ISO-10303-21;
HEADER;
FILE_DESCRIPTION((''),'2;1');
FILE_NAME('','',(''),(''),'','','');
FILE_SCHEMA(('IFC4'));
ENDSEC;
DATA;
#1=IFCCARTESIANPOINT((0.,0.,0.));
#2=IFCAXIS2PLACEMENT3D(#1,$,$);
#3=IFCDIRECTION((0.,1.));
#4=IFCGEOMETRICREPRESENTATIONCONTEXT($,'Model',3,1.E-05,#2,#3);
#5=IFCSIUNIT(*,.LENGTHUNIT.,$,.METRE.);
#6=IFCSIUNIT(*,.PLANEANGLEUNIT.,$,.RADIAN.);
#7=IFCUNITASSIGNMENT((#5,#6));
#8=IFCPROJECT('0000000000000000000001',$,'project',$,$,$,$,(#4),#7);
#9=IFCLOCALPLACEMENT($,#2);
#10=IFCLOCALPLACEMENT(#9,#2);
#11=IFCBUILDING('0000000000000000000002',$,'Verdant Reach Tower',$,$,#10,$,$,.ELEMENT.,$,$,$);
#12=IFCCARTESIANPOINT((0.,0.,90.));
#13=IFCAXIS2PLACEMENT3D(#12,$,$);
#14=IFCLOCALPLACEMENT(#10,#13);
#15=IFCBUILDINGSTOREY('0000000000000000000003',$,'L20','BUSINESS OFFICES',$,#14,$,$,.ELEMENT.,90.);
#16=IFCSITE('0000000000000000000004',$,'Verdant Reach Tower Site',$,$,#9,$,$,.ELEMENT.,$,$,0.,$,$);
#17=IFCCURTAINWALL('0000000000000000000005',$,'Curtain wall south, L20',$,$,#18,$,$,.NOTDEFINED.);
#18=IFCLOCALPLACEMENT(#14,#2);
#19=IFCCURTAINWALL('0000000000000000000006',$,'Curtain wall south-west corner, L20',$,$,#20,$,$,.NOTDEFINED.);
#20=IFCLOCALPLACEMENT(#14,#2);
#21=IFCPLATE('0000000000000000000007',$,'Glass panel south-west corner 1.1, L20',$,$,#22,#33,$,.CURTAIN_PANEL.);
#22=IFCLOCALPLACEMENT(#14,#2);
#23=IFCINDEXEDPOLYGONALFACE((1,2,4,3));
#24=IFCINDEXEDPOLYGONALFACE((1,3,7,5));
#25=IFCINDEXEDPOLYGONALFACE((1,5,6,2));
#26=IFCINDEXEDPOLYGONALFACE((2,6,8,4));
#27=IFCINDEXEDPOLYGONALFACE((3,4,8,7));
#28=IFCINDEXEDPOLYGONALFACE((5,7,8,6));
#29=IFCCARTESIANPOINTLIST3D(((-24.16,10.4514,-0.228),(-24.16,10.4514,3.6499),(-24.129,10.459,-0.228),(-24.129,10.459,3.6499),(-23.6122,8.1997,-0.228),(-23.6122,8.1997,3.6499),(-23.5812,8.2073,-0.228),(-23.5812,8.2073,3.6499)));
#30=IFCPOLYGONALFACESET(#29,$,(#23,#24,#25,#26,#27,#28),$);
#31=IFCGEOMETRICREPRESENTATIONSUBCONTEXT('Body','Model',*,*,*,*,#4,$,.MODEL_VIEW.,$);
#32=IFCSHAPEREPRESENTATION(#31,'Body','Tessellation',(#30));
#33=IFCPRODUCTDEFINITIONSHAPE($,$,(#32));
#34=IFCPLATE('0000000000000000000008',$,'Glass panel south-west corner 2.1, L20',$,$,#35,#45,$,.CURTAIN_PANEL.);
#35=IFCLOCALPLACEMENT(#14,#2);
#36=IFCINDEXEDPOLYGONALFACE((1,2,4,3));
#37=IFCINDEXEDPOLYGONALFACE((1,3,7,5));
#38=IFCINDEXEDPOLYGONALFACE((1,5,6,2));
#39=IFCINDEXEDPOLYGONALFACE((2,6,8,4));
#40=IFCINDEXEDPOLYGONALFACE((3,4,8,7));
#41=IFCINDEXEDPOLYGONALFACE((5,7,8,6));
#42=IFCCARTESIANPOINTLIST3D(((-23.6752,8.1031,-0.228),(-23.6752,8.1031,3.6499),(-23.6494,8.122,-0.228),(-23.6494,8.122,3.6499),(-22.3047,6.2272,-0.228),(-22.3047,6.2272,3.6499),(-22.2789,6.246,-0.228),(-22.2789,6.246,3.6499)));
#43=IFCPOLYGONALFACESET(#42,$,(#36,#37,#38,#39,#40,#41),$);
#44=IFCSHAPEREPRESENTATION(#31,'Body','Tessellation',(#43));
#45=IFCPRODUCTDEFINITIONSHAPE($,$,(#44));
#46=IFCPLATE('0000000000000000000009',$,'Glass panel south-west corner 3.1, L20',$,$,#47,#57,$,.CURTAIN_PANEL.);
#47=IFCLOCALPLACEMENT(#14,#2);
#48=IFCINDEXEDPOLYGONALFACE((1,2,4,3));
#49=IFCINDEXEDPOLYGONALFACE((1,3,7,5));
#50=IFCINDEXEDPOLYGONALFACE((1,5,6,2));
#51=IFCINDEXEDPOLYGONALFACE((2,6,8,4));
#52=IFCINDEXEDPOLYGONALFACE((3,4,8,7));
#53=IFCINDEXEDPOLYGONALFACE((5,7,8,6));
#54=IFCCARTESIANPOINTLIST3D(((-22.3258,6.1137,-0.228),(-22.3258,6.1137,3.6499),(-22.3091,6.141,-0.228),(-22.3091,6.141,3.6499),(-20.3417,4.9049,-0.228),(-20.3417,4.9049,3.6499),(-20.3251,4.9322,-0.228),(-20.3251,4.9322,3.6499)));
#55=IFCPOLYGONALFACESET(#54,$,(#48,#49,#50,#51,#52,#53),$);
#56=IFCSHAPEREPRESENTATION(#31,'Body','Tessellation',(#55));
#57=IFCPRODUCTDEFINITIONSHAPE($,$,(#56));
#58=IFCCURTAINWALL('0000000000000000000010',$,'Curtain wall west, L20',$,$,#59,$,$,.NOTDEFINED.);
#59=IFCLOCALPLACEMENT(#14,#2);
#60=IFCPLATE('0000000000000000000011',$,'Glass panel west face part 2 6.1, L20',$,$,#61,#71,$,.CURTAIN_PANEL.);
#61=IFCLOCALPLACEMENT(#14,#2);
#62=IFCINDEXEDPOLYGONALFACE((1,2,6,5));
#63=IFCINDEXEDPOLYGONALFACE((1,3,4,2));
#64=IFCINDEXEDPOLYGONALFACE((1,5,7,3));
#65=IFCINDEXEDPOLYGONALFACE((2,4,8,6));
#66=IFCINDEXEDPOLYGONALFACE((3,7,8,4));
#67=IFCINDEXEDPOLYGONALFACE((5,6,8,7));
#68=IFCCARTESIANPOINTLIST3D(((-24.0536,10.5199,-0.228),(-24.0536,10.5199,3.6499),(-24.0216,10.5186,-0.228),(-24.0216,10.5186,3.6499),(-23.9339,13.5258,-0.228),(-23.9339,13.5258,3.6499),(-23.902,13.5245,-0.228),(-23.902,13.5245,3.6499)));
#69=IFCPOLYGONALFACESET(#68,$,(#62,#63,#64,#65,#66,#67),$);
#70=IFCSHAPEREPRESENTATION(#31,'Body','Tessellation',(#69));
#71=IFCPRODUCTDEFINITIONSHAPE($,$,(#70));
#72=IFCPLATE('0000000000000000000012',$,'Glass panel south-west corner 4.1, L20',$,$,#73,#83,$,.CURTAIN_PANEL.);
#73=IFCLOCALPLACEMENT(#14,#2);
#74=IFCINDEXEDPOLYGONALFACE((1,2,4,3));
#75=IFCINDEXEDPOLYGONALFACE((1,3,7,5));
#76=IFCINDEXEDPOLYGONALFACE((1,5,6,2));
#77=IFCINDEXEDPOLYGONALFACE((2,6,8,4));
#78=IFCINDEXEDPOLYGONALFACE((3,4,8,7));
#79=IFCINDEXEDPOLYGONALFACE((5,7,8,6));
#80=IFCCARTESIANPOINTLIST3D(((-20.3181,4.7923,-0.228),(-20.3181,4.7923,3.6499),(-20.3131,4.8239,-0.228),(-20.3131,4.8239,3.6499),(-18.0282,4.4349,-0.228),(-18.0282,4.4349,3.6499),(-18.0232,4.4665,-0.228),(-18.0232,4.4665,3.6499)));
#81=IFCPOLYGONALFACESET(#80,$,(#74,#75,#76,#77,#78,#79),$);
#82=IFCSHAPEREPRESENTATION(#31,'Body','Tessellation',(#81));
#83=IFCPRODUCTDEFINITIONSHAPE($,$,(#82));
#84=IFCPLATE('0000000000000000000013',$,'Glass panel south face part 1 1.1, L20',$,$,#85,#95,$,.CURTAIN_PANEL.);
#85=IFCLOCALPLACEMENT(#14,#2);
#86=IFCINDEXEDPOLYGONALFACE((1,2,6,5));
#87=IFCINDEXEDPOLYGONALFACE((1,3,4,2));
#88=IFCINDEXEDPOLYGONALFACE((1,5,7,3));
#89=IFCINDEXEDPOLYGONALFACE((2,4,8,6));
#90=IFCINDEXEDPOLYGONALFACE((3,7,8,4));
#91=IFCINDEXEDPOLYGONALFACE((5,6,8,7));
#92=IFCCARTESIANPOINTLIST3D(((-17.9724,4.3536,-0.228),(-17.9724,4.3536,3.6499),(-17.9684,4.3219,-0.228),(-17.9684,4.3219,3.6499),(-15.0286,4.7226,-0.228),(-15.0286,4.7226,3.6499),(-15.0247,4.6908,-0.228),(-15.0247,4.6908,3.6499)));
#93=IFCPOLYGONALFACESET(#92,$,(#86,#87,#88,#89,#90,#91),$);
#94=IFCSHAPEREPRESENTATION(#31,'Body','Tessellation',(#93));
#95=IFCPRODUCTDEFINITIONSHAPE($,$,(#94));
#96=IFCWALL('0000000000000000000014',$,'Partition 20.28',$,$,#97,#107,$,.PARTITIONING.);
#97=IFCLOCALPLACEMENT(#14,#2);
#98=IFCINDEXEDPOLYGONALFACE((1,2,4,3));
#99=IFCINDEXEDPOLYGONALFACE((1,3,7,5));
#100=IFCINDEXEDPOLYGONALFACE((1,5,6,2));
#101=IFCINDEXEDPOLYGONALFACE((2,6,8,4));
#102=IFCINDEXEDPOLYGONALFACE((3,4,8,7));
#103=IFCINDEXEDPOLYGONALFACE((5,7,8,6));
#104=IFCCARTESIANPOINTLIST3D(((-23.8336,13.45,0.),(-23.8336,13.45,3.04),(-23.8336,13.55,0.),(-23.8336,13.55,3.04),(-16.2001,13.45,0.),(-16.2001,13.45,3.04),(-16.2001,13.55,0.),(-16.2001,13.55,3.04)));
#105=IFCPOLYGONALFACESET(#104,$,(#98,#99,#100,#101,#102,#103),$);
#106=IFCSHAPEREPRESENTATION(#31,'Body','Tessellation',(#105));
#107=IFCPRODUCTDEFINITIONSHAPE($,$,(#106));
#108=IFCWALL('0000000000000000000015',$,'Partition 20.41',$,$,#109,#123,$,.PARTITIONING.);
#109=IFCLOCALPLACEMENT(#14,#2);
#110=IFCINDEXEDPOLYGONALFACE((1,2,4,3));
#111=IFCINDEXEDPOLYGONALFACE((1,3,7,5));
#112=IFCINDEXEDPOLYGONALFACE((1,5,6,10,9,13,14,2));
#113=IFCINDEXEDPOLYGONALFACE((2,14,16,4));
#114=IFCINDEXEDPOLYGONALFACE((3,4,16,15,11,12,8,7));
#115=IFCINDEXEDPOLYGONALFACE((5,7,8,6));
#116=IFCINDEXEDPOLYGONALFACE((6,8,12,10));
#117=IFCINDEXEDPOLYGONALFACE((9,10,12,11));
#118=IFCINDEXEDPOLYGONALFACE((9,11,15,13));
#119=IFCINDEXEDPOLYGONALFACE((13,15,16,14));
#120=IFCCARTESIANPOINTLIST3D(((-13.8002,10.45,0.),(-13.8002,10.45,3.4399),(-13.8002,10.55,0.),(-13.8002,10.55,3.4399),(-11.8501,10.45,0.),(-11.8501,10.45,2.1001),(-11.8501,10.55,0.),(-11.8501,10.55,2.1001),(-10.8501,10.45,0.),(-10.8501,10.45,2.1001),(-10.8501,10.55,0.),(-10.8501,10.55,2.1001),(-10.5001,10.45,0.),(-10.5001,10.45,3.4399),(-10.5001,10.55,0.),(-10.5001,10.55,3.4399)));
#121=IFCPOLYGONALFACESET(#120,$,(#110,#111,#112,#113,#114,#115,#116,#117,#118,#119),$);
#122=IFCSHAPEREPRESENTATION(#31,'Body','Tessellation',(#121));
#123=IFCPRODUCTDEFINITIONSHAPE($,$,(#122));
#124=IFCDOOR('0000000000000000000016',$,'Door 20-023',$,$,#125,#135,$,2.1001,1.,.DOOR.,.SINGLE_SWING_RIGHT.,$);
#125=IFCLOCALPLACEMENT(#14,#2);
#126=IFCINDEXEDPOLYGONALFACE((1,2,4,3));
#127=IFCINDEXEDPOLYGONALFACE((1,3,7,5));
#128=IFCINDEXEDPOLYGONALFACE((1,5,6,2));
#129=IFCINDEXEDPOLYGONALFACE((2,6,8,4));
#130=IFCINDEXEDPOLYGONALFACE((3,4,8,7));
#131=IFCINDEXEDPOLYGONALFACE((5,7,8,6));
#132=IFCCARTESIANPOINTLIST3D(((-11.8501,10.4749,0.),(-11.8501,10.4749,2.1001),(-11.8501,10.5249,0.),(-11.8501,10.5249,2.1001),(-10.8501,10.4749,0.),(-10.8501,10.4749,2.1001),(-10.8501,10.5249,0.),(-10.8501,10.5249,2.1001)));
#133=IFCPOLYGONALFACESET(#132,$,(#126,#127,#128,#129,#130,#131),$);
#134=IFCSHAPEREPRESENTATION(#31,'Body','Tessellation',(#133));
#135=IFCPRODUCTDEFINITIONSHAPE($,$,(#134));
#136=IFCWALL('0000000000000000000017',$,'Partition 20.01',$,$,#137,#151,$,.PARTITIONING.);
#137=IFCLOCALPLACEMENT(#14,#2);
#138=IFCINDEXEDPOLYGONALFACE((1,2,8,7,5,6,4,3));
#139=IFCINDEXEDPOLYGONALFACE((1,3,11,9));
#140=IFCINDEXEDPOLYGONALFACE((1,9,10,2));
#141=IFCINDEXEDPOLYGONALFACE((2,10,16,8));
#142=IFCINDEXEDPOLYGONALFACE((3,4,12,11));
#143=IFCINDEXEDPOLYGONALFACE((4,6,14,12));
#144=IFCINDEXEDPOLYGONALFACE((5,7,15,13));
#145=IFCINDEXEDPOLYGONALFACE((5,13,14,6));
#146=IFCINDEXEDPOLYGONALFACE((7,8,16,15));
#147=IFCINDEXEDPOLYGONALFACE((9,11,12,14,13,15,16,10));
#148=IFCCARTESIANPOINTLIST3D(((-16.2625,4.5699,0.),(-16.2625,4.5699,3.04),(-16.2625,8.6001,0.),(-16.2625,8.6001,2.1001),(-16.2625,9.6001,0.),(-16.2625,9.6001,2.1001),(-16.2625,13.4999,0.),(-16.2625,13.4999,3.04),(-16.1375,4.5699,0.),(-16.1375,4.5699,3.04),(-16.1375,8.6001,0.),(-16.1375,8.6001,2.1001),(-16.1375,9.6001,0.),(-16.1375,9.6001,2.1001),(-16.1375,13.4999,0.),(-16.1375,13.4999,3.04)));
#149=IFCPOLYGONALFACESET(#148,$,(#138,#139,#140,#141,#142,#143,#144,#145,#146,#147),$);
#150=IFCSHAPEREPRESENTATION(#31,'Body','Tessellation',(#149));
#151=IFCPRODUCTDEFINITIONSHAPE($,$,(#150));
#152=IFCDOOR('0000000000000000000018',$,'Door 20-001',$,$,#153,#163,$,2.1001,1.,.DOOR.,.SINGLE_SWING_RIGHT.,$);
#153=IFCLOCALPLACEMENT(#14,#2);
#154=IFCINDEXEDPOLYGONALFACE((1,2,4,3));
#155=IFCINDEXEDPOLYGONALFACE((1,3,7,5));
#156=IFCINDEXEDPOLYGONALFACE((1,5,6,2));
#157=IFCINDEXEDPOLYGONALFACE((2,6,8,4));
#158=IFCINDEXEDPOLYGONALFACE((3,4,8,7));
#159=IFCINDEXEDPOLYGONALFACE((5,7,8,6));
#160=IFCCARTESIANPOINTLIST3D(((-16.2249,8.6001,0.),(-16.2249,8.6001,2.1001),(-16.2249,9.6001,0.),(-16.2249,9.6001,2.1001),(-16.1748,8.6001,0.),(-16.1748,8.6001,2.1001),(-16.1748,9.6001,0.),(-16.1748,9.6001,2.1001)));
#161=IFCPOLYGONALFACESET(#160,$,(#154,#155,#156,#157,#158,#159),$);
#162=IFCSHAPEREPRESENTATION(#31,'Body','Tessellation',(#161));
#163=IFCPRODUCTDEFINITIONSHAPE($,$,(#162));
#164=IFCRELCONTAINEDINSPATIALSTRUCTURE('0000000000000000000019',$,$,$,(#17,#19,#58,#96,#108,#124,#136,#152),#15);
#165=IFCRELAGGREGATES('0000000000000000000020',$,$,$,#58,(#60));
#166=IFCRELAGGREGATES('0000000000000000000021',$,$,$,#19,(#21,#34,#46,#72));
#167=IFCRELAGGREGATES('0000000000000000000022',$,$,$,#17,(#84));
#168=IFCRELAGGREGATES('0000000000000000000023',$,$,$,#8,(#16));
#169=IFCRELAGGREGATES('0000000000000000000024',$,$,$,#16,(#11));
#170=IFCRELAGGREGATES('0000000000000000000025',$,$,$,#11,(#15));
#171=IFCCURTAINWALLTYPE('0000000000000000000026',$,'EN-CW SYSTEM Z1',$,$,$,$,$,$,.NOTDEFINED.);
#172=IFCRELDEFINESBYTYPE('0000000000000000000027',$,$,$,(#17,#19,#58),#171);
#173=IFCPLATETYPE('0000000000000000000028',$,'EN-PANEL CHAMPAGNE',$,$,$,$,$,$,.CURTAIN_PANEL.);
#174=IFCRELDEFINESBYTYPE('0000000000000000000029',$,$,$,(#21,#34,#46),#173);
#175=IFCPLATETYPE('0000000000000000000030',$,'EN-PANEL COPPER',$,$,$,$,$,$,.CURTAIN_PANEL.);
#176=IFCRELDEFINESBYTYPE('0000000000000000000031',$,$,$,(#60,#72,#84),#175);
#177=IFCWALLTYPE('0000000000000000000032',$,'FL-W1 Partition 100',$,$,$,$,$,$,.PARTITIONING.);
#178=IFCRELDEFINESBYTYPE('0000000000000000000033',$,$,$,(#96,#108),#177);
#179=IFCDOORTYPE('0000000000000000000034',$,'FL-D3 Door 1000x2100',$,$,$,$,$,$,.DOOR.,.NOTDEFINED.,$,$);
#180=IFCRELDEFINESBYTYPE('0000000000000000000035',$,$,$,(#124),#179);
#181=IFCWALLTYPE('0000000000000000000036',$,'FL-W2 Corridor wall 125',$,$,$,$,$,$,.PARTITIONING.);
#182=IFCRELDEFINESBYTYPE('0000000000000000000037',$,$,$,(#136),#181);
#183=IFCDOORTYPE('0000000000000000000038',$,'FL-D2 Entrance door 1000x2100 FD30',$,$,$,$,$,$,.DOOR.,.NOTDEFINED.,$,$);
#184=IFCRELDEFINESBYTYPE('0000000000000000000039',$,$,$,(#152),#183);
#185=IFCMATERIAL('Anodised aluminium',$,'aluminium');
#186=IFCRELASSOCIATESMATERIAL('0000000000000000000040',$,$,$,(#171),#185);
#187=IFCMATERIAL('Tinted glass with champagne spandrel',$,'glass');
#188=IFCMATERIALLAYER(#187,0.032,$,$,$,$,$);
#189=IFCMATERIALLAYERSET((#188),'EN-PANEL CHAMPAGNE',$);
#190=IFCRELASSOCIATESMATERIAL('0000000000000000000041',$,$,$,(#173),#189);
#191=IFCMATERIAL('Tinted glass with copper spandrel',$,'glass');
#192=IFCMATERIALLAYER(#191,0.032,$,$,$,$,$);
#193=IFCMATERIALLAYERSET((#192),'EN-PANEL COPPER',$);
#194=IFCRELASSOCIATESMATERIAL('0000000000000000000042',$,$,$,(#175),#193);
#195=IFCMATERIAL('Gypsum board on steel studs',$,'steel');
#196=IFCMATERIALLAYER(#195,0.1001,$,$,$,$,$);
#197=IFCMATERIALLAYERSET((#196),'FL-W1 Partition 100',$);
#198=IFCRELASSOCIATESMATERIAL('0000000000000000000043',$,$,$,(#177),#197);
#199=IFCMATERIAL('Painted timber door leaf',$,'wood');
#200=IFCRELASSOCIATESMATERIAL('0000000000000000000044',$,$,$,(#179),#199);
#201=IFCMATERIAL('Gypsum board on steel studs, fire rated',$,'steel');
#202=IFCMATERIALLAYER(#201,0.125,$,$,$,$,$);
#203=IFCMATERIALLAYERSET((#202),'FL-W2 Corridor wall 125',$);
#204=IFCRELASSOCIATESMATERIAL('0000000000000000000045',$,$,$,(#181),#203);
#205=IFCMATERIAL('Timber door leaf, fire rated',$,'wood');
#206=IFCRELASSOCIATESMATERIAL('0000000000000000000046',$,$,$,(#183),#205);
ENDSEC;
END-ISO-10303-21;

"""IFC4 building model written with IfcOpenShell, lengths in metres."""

from ifc_helpers import new_model, si_unit, direction, frame, frame_2d, origin, origin_2d, place, context, subcontext, project, spatial, rectangle, extrude, material, layer, layer_set, type_object, element, fill, aggregate, save


model = new_model("IFC4")

# Units and contexts
model_context = context("Model", 3, precision=1e-05, world=origin(), true_north=direction((0.0, 1.0)))
body_context = subcontext(model_context, "Body", "Model", "MODEL_VIEW")
ifc_project = project(units=[si_unit("LENGTHUNIT", "METRE"), si_unit("PLANEANGLEUNIT", "RADIAN")], contexts=[model_context])

# Site, building, storey
site_placement = place(None, origin())
site = spatial("IfcSite", under=ifc_project, at=site_placement, Name="Verdant Reach Tower Site", CompositionType="ELEMENT", RefElevation=0.0)
building_placement = place(site_placement, origin())
building = spatial("IfcBuilding", under=site, at=building_placement, Name="Verdant Reach Tower", CompositionType="ELEMENT")
storey_placement = place(building_placement, frame((0.0, 0.0, 90.0)))
storey = spatial("IfcBuildingStorey", under=building, at=storey_placement, Name="L20", Description="BUSINESS OFFICES", CompositionType="ELEMENT", Elevation=90.0)

# Curtain wall
ifc_material_1 = material(Name="Anodised aluminium", Category="aluminium")
curtain_wall_type = type_object("IfcCurtainWallType", Name="EN-CW SYSTEM Z1", PredefinedType="NOTDEFINED", material=ifc_material_1)
curtain_wall_1_placement = place(storey_placement, origin())
curtain_wall_1 = element("IfcCurtainWall", 1, at=curtain_wall_1_placement, inside=storey, type_object=curtain_wall_type, Name="Curtain wall south, L20", PredefinedType="NOTDEFINED")

# Curtain wall, plates
curtain_wall_2_placement = place(storey_placement, origin())
curtain_wall_2 = element("IfcCurtainWall", 2, at=curtain_wall_2_placement, inside=storey, type_object=curtain_wall_type, Name="Curtain wall south-west corner, L20", PredefinedType="NOTDEFINED")
ifc_material_2 = material(Name="Tinted glass with champagne spandrel", Category="glass")
ifc_layer_1 = layer(ifc_material_2, 0.032)
ifc_layer_set_1 = layer_set([ifc_layer_1], Name="EN-PANEL CHAMPAGNE")
plate_type_1 = type_object("IfcPlateType", Name="EN-PANEL CHAMPAGNE", PredefinedType="CURTAIN_PANEL", material=ifc_layer_set_1)
plate_1_placement = place(storey_placement, frame((-23.8706, 9.3293, -0.228), z_axis=(0.0, 0.0, 1.0), x_axis=(0.236383, -0.97166, 0.0)))
plate_1 = element("IfcPlate", 3, at=plate_1_placement, type_object=plate_type_1, Name="Glass panel south-west corner 1.1, L20", PredefinedType="CURTAIN_PANEL", context=body_context, shape_type="SweptSolid", body=[
    extrude(rectangle(XDim=2.3174, YDim=0.032, at=origin_2d()), origin(), (0.0, 0.0, 1.0), 3.8779),
])
plate_2_placement = place(storey_placement, frame((-22.9771, 7.1746, -0.228), z_axis=(0.0, 0.0, 1.0), x_axis=(0.589927, -0.807457, 0.0)))
plate_2 = element("IfcPlate", 4, at=plate_2_placement, type_object=plate_type_1, Name="Glass panel south-west corner 2.1, L20", PredefinedType="CURTAIN_PANEL", context=body_context, shape_type="SweptSolid", body=[
    extrude(rectangle(XDim=2.3232, YDim=0.032, at=origin_2d()), origin(), (0.0, 0.0, 1.0), 3.8779),
])
plate_3_placement = place(storey_placement, frame((-21.3254, 5.5229, -0.228), z_axis=(0.0, 0.0, 1.0), x_axis=(0.853989, -0.520292, 0.0)))
plate_3 = element("IfcPlate", 5, at=plate_3_placement, type_object=plate_type_1, Name="Glass panel south-west corner 3.1, L20", PredefinedType="CURTAIN_PANEL", context=body_context, shape_type="SweptSolid", body=[
    extrude(rectangle(XDim=2.3232, YDim=0.032, at=origin_2d()), origin(), (0.0, 0.0, 1.0), 3.8779),
])

# Curtain wall, plate
curtain_wall_3_placement = place(storey_placement, origin())
curtain_wall_3 = element("IfcCurtainWall", 6, at=curtain_wall_3_placement, inside=storey, type_object=curtain_wall_type, Name="Curtain wall west, L20", PredefinedType="NOTDEFINED")
ifc_material_3 = material(Name="Tinted glass with copper spandrel", Category="glass")
ifc_layer_2 = layer(ifc_material_3, 0.032)
ifc_layer_set_2 = layer_set([ifc_layer_2], Name="EN-PANEL COPPER")
plate_type_2 = type_object("IfcPlateType", Name="EN-PANEL COPPER", PredefinedType="CURTAIN_PANEL", material=ifc_layer_set_2)
plate_4_placement = place(storey_placement, frame((-23.9778, 12.0222, -0.228), z_axis=(0.0, 0.0, 1.0), x_axis=(-0.039784, -0.999208, 0.0)))
plate_4 = element("IfcPlate", 7, at=plate_4_placement, type_object=plate_type_2, Name="Glass panel west face part 2 6.1, L20", PredefinedType="CURTAIN_PANEL", context=body_context, shape_type="SweptSolid", body=[
    extrude(rectangle(XDim=3.0083, YDim=0.032, at=origin_2d()), origin(), (0.0, 0.0, 1.0), 3.8779),
])
aggregate(curtain_wall_3, [plate_4])

# Plates
plate_5_placement = place(storey_placement, frame((-19.1707, 4.6294, -0.228), z_axis=(0.0, 0.0, 1.0), x_axis=(0.988033, -0.154245, 0.0)))
plate_5 = element("IfcPlate", 8, at=plate_5_placement, type_object=plate_type_2, Name="Glass panel south-west corner 4.1, L20", PredefinedType="CURTAIN_PANEL", context=body_context, shape_type="SweptSolid", body=[
    extrude(rectangle(XDim=2.3176, YDim=0.032, at=origin_2d()), origin(), (0.0, 0.0, 1.0), 3.8779),
])
aggregate(curtain_wall_2, [plate_1, plate_2, plate_3, plate_5])
plate_6_placement = place(storey_placement, frame((-16.4985, 4.5222, -0.228), z_axis=(0.0, 0.0, 1.0), x_axis=(0.992235, 0.124374, 0.0)))
plate_6 = element("IfcPlate", 9, at=plate_6_placement, type_object=plate_type_2, Name="Glass panel south face part 1 1.1, L20", PredefinedType="CURTAIN_PANEL", context=body_context, shape_type="SweptSolid", body=[
    extrude(rectangle(XDim=2.9668, YDim=0.032, at=origin_2d()), origin(), (0.0, 0.0, 1.0), 3.8779),
])
aggregate(curtain_wall_1, [plate_6])

# Wall
ifc_material_4 = material(Name="Gypsum board on steel studs", Category="steel")
ifc_layer_3 = layer(ifc_material_4, 0.1001)
ifc_layer_set_3 = layer_set([ifc_layer_3], Name="FL-W1 Partition 100")
wall_type_1 = type_object("IfcWallType", Name="FL-W1 Partition 100", PredefinedType="PARTITIONING", material=ifc_layer_set_3)
wall_1_placement = place(storey_placement, frame((-16.2, 13.5, 0.0), z_axis=(0.0, 0.0, 1.0), x_axis=(-1.0, 0.0, 0.0)))
element("IfcWall", 10, at=wall_1_placement, inside=storey, type_object=wall_type_1, Name="Partition 20.28", PredefinedType="PARTITIONING", context=body_context, shape_type="SweptSolid", body=[
    extrude(rectangle(XDim=7.6335, YDim=0.1001, at=frame_2d((3.8169, 0.0))), origin(), (0.0, 0.0, 1.0), 3.04),
])

# Walls, openings, doors
wall_2_placement = place(storey_placement, frame((-13.8, 10.5, 0.0), z_axis=(0.0, 0.0, 1.0), x_axis=(1.0, 0.0, 0.0)))
wall_2 = element("IfcWall", 11, at=wall_2_placement, inside=storey, type_object=wall_type_1, Name="Partition 20.41", PredefinedType="PARTITIONING", context=body_context, shape_type="SweptSolid", body=[
    extrude(rectangle(XDim=3.3, YDim=0.1001, at=frame_2d((1.6499, 0.0))), origin(), (0.0, 0.0, 1.0), 3.4399),
])
opening_1_placement = place(wall_2_placement, frame((1.95, 0.0, 0.0)))
opening_1 = element("IfcOpeningElement", 12, at=opening_1_placement, cuts=wall_2, PredefinedType="OPENING", context=body_context, shape_type="SweptSolid", body=[
    extrude(rectangle(XDim=1.0, YDim=2.1001, at=frame_2d((0.5, 1.05))), frame((0.0, 0.0601, 0.0), z_axis=(0.0, -1.0, 0.0), x_axis=(1.0, 0.0, 0.0)), (0.0, 0.0, 1.0), 0.1201),
])
ifc_material_5 = material(Name="Painted timber door leaf", Category="wood")
door_type_1 = type_object("IfcDoorType", Name="FL-D3 Door 1000x2100", OperationType="NOTDEFINED", PredefinedType="DOOR", material=ifc_material_5)
door_1_placement = place(opening_1_placement, origin())
door_1 = element("IfcDoor", 13, at=door_1_placement, inside=storey, type_object=door_type_1, Name="Door 20-023", OperationType="SINGLE_SWING_RIGHT", OverallHeight=2.1001, OverallWidth=1.0, PredefinedType="DOOR", context=body_context, shape_type="SweptSolid", body=[
    extrude(rectangle(XDim=1.0, YDim=2.1001, at=frame_2d((0.5, 1.05))), frame((0.0, 0.0249, 0.0), z_axis=(0.0, -1.0, 0.0), x_axis=(1.0, 0.0, 0.0)), (0.0, 0.0, 1.0), 0.05),
])
fill(opening_1, door_1)
ifc_material_6 = material(Name="Gypsum board on steel studs, fire rated", Category="steel")
ifc_layer_4 = layer(ifc_material_6, 0.125)
ifc_layer_set_4 = layer_set([ifc_layer_4], Name="FL-W2 Corridor wall 125")
wall_type_2 = type_object("IfcWallType", Name="FL-W2 Corridor wall 125", PredefinedType="PARTITIONING", material=ifc_layer_set_4)
wall_3_placement = place(storey_placement, frame((-16.2, 4.5701, 0.0), z_axis=(0.0, 0.0, 1.0), x_axis=(0.0, 1.0, 0.0)))
wall_3 = element("IfcWall", 14, at=wall_3_placement, inside=storey, type_object=wall_type_2, Name="Partition 20.01", PredefinedType="PARTITIONING", context=body_context, shape_type="SweptSolid", body=[
    extrude(rectangle(XDim=8.9299, YDim=0.125, at=frame_2d((4.4648, 0.0))), origin(), (0.0, 0.0, 1.0), 3.04),
])
opening_2_placement = place(wall_3_placement, frame((4.03, 0.0, 0.0)))
opening_2 = element("IfcOpeningElement", 15, at=opening_2_placement, cuts=wall_3, PredefinedType="OPENING", context=body_context, shape_type="SweptSolid", body=[
    extrude(rectangle(XDim=1.0, YDim=2.1001, at=frame_2d((0.5, 1.05))), frame((0.0, 0.0725, 0.0), z_axis=(0.0, -1.0, 0.0), x_axis=(1.0, 0.0, 0.0)), (0.0, 0.0, 1.0), 0.145),
])
ifc_material_7 = material(Name="Timber door leaf, fire rated", Category="wood")
door_type_2 = type_object("IfcDoorType", Name="FL-D2 Entrance door 1000x2100 FD30", OperationType="NOTDEFINED", PredefinedType="DOOR", material=ifc_material_7)
door_2_placement = place(opening_2_placement, origin())
door_2 = element("IfcDoor", 16, at=door_2_placement, inside=storey, type_object=door_type_2, Name="Door 20-001", OperationType="SINGLE_SWING_RIGHT", OverallHeight=2.1001, OverallWidth=1.0, PredefinedType="DOOR", context=body_context, shape_type="SweptSolid", body=[
    extrude(rectangle(XDim=1.0, YDim=2.1001, at=frame_2d((0.5, 1.05))), frame((0.0, 0.0249, 0.0), z_axis=(0.0, -1.0, 0.0), x_axis=(1.0, 0.0, 0.0)), (0.0, 0.0, 1.0), 0.05),
])
fill(opening_2, door_2)

save(model, "model.ifc")
